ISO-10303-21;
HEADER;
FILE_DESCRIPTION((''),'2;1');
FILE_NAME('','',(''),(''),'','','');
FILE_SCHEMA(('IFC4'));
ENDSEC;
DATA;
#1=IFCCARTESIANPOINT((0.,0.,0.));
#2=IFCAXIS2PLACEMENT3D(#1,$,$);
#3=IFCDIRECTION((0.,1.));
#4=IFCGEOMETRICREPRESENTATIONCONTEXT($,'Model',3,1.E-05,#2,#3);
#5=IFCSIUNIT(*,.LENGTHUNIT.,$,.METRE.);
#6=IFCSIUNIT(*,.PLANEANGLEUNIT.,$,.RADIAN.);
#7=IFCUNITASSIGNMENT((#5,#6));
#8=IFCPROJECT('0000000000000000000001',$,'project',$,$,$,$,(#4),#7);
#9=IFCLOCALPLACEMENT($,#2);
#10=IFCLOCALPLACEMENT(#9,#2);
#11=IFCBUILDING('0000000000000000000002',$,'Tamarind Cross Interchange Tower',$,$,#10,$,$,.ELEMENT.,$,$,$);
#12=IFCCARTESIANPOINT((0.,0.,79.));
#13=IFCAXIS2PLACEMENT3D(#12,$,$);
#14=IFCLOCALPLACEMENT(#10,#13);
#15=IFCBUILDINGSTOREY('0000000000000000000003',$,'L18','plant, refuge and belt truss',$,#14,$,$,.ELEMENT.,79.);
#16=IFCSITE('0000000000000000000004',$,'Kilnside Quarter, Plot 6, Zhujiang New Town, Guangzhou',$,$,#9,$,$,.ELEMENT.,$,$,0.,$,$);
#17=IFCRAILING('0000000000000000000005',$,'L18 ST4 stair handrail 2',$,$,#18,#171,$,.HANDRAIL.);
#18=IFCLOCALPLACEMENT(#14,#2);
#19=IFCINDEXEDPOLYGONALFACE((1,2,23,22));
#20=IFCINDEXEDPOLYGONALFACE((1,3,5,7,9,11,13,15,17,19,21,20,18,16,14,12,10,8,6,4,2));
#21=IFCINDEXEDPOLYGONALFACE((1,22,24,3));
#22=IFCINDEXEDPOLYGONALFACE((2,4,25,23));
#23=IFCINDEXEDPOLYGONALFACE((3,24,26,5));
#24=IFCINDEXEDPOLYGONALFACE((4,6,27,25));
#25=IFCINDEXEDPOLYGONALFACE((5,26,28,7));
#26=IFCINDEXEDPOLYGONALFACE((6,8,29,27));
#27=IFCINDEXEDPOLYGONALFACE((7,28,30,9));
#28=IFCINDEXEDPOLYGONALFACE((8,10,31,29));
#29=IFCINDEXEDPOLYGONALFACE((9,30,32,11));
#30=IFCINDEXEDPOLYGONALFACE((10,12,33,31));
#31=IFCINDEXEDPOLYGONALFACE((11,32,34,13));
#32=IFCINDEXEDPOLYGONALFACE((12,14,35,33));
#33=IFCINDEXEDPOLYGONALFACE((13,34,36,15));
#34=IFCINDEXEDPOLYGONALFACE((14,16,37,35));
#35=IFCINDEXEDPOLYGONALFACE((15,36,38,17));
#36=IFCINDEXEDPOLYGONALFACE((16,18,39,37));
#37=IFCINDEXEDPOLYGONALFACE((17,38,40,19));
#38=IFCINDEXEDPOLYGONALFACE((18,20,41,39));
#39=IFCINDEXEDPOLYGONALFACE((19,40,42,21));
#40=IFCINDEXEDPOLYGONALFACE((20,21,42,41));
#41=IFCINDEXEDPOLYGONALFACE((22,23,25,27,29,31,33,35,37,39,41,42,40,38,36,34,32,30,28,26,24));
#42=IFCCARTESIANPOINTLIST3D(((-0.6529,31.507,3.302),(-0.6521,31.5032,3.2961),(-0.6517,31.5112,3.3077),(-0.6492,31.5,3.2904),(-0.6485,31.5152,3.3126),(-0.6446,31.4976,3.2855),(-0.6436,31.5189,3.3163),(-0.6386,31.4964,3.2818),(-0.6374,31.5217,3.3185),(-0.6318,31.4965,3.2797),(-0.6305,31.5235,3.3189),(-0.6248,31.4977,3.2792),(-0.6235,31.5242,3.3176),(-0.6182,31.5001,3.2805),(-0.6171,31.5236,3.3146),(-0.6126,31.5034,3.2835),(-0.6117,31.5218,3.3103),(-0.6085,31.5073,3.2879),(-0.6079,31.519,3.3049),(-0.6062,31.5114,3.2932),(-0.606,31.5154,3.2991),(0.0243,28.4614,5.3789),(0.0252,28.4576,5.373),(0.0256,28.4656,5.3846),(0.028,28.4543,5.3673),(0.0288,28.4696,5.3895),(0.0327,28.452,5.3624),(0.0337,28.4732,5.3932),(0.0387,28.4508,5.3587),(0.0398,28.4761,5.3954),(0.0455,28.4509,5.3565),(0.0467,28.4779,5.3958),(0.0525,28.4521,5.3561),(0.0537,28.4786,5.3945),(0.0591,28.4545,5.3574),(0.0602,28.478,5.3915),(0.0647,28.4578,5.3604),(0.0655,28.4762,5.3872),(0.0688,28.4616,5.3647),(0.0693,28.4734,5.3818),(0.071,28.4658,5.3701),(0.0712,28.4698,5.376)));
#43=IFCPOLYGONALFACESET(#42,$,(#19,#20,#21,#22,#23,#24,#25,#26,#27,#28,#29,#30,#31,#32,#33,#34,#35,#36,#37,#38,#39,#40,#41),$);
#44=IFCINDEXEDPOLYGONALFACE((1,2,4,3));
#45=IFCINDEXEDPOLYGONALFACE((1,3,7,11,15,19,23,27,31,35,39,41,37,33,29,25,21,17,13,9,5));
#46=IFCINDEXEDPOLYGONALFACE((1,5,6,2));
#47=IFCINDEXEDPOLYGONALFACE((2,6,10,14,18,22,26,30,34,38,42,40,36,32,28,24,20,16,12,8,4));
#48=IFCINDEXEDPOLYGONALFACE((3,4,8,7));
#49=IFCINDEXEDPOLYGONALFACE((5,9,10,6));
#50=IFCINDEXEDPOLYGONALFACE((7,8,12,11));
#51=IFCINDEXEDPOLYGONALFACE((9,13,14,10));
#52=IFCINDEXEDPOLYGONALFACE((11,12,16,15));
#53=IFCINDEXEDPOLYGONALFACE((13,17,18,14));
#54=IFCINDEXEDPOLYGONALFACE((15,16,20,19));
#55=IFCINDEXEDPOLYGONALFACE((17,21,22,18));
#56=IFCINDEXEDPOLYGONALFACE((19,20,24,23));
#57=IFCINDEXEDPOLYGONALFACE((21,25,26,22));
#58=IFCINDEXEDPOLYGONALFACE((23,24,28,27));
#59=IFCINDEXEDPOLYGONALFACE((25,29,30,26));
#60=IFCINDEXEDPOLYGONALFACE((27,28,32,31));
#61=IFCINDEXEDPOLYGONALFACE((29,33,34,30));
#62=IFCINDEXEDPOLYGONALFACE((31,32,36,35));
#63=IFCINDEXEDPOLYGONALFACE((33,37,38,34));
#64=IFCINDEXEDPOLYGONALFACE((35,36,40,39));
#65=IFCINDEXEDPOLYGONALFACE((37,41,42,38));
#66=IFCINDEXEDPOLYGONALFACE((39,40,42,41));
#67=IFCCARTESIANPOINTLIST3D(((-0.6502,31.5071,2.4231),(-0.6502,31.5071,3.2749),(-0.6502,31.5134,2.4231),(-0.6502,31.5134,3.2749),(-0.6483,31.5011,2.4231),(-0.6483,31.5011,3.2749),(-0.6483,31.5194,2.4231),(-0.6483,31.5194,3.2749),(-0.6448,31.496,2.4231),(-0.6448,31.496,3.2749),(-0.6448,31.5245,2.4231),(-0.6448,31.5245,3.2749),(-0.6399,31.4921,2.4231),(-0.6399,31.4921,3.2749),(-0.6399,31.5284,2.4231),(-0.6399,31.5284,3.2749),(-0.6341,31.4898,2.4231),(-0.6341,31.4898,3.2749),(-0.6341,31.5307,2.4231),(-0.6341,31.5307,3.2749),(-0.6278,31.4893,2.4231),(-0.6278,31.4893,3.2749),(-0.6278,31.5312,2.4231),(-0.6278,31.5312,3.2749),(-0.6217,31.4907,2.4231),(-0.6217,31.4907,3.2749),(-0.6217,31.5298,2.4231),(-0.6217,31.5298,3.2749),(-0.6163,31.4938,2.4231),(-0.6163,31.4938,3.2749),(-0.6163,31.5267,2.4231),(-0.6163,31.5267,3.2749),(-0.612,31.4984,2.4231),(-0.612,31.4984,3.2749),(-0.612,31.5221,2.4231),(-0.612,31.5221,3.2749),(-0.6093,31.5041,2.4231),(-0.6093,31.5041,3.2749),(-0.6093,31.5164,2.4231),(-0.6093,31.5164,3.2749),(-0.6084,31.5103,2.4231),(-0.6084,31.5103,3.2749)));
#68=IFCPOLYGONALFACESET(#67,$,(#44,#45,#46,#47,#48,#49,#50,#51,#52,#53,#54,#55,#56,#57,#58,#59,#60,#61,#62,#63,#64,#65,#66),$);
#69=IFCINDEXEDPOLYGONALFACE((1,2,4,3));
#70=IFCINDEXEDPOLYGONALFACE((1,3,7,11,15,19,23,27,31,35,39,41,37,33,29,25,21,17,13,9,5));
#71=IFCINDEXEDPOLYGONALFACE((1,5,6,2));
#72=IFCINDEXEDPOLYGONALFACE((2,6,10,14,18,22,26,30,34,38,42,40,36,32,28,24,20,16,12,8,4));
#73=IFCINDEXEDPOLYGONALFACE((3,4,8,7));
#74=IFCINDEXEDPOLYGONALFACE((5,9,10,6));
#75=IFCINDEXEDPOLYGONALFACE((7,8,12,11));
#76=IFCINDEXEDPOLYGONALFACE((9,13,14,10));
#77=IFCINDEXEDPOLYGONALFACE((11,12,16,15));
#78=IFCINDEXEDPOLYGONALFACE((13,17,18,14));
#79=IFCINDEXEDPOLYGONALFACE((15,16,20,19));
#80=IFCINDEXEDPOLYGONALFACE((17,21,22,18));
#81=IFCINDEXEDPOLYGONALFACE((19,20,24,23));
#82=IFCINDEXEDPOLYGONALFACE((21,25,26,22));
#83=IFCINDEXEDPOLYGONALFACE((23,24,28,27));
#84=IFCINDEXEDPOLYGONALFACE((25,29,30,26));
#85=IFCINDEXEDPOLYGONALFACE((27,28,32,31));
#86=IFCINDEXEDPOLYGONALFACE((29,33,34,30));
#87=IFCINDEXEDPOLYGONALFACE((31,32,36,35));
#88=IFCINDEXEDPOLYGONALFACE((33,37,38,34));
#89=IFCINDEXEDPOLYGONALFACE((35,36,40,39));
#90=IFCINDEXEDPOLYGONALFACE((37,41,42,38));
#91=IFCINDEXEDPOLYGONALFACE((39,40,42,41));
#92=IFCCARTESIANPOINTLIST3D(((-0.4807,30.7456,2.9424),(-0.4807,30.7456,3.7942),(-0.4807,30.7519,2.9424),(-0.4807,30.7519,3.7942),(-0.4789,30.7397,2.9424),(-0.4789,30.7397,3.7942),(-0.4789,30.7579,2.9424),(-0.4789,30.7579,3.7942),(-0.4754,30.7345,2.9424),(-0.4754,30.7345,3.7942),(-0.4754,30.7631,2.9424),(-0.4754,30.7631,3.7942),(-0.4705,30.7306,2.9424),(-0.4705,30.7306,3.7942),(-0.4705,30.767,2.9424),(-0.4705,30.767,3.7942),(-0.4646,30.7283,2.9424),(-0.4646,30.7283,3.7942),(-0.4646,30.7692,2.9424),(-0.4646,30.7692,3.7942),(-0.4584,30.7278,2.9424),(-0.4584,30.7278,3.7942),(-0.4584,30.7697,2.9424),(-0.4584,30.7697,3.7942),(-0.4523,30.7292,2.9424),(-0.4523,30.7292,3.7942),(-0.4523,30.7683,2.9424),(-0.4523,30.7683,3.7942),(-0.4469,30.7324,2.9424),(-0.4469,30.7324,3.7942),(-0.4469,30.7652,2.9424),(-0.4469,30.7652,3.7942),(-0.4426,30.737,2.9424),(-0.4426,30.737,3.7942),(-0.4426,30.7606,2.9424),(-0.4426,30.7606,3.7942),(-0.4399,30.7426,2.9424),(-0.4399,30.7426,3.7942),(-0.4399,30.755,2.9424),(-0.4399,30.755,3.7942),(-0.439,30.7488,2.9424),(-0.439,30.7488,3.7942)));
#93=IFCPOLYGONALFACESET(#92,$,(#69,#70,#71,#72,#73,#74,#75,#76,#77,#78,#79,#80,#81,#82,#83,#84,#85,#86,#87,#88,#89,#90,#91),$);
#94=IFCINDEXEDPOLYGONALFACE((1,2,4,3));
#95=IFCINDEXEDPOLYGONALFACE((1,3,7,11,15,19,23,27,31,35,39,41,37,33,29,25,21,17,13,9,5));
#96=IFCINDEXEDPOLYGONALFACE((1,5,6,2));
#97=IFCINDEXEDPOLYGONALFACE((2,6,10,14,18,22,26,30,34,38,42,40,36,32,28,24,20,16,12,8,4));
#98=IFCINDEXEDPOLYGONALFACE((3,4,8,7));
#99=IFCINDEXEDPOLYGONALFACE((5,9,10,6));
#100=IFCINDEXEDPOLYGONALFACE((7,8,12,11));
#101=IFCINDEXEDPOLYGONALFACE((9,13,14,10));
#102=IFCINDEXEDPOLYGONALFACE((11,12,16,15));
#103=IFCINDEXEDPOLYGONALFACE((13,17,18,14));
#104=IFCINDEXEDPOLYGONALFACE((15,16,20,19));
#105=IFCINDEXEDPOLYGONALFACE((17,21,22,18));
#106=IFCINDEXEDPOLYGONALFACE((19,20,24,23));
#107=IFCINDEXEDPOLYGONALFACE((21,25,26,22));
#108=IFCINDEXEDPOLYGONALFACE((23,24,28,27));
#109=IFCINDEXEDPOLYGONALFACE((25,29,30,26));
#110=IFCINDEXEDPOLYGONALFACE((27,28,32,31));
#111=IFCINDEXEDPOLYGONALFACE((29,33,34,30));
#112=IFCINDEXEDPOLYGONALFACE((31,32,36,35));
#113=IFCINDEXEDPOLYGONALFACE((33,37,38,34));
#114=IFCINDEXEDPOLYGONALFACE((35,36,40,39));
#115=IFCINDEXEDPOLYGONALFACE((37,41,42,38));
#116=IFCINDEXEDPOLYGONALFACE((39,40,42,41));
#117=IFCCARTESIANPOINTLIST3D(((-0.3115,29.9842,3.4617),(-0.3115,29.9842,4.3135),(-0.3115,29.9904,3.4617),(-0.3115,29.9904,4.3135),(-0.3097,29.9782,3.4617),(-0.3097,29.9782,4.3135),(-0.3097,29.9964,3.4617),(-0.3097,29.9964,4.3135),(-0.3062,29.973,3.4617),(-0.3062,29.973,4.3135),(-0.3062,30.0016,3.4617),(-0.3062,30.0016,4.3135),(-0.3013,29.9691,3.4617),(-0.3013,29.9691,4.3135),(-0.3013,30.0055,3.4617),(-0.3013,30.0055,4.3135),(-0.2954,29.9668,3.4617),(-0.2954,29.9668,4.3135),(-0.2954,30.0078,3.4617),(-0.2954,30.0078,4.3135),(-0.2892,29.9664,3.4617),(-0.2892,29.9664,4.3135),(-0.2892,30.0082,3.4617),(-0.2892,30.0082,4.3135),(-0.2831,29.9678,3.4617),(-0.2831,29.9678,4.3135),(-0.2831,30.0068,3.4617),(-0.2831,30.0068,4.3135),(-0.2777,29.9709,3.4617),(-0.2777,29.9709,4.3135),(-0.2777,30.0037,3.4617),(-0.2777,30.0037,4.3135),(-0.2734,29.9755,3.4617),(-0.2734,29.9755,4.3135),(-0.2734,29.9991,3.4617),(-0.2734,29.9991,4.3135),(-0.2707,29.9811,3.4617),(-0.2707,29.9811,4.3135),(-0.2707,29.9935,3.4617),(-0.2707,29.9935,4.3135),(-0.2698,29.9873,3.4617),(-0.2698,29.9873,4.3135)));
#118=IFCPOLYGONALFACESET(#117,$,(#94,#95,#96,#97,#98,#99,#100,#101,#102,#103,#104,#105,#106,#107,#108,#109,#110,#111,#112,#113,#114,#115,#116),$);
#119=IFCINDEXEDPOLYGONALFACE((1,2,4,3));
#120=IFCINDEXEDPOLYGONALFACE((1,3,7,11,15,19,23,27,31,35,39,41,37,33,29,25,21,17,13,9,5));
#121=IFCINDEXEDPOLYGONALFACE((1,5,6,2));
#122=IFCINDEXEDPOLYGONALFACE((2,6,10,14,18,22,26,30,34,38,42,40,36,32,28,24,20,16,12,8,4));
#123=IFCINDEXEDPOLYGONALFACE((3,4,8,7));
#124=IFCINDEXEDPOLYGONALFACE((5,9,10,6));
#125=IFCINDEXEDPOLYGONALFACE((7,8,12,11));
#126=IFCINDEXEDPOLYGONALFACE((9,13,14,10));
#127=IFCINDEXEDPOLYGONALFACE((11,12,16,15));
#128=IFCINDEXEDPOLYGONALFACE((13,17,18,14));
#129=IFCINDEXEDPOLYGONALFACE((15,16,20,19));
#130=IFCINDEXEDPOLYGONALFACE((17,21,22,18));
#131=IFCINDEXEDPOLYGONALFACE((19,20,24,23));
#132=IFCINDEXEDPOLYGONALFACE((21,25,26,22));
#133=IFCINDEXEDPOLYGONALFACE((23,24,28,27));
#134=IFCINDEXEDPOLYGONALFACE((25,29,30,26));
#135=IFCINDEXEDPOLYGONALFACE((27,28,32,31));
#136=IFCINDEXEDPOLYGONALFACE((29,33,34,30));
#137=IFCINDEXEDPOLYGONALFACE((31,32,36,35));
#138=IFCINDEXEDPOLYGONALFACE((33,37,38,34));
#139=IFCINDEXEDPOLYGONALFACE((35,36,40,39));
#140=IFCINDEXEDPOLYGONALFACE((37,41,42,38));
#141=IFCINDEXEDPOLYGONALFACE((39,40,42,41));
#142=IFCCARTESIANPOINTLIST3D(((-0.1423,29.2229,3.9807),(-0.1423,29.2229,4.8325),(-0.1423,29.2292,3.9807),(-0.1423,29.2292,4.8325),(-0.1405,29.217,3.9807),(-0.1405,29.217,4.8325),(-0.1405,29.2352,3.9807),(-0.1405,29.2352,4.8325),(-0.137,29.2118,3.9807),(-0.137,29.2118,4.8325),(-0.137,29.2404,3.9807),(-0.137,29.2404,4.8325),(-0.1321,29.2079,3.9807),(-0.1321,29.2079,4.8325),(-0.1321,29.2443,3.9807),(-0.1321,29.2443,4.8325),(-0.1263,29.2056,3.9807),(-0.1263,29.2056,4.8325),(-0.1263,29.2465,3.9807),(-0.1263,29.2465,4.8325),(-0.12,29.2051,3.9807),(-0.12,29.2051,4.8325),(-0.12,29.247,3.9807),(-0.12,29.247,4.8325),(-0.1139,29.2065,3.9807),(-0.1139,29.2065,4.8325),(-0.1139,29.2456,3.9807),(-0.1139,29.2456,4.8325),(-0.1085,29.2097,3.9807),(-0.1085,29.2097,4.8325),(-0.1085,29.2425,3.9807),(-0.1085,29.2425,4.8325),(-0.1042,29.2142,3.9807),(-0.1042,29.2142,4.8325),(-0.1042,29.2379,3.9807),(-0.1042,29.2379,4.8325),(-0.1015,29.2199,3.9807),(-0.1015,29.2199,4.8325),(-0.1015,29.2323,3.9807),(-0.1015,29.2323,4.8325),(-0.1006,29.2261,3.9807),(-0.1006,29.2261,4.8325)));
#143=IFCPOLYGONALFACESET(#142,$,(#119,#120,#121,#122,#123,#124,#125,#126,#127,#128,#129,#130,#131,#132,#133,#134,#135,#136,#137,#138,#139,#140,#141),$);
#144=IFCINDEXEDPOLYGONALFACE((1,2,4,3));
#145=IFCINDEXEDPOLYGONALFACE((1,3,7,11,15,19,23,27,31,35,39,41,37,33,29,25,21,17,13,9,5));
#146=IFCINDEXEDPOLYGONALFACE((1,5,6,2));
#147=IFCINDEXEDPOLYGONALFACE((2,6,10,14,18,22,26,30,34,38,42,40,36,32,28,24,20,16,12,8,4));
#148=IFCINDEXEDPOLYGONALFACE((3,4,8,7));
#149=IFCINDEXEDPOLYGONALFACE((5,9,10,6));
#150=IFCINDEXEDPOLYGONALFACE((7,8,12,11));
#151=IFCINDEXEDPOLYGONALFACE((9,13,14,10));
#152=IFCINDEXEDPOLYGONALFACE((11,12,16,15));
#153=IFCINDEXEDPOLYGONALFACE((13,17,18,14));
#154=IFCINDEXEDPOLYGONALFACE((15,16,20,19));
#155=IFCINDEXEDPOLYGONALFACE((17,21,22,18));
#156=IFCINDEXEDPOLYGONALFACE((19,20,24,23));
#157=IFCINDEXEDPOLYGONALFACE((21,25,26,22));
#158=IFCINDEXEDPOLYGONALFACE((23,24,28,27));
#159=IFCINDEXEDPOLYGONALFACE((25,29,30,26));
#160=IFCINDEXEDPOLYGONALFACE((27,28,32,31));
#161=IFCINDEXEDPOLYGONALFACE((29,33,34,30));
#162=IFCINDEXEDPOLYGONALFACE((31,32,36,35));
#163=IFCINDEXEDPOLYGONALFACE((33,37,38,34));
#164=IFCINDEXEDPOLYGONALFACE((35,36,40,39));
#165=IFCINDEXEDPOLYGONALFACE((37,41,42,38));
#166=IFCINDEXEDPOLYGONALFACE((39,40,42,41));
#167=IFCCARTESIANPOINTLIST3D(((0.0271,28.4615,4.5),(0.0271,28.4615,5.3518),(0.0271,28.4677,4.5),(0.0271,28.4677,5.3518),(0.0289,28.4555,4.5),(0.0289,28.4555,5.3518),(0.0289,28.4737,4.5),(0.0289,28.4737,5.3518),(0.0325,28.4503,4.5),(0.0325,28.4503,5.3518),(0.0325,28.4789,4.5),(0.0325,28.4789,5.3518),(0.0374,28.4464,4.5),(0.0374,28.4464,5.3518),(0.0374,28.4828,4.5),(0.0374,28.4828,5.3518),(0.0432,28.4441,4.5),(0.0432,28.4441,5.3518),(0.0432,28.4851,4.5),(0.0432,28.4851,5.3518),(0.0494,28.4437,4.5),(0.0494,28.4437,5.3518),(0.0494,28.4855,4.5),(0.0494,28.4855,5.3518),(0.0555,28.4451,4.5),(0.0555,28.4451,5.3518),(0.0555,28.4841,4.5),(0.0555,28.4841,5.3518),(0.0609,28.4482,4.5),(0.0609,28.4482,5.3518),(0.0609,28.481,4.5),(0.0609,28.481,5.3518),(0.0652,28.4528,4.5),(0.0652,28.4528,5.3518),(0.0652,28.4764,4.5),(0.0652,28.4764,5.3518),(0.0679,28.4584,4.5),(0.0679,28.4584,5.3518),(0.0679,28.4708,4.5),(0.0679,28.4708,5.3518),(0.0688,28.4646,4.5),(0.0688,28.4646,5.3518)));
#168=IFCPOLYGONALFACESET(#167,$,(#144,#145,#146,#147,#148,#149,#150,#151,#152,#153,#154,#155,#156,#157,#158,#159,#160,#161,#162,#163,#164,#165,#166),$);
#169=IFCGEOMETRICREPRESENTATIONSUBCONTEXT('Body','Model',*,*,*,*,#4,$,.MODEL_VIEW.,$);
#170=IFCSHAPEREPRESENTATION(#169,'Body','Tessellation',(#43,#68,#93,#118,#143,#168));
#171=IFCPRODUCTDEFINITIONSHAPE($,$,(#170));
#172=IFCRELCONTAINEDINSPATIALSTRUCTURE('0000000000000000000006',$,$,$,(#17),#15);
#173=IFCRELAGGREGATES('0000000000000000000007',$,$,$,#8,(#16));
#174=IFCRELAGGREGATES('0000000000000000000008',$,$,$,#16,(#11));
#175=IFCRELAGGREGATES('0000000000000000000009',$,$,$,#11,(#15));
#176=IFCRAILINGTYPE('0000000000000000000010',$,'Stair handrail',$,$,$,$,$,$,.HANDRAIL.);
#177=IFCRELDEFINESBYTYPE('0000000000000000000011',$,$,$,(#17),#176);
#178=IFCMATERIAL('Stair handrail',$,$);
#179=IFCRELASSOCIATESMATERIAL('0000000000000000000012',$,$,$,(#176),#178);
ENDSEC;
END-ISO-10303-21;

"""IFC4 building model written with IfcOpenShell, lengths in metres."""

from ifc_helpers import new_model, si_unit, direction, frame, origin, origin_2d, place, context, subcontext, project, spatial, circle, extrude, material, type_object, element, save


model = new_model("IFC4")

# Units and contexts
model_context = context("Model", 3, precision=1e-05, world=origin(), true_north=direction((0.0, 1.0)))
body_context = subcontext(model_context, "Body", "Model", "MODEL_VIEW")
ifc_project = project(units=[si_unit("LENGTHUNIT", "METRE"), si_unit("PLANEANGLEUNIT", "RADIAN")], contexts=[model_context])

# Site, building, storey
site_placement = place(None, origin())
site = spatial("IfcSite", under=ifc_project, at=site_placement, Name="Kilnside Quarter, Plot 6, Zhujiang New Town, Guangzhou", CompositionType="ELEMENT", RefElevation=0.0)
building_placement = place(site_placement, origin())
building = spatial("IfcBuilding", under=site, at=building_placement, Name="Tamarind Cross Interchange Tower", CompositionType="ELEMENT")
storey_placement = place(building_placement, frame((0.0, 0.0, 79.0)))
storey = spatial("IfcBuildingStorey", under=building, at=storey_placement, Name="L18", Description="plant, refuge and belt truss", CompositionType="ELEMENT", Elevation=79.0)

# Railing
ifc_material_1 = material(Name="Stair handrail")
railing_type = type_object("IfcRailingType", Name="Stair handrail", PredefinedType="HANDRAIL", material=ifc_material_1)
railing_placement = place(storey_placement, frame((-0.6294, 31.5103, 2.4231)))
element("IfcRailing", 1, at=railing_placement, inside=storey, type_object=railing_type, Name="L18 ST4 stair handrail 2", PredefinedType="HANDRAIL", context=body_context, shape_type="SweptSolid", body=[
    extrude(circle(Radius=0.0239, at=origin_2d()), frame((0.0, 0.0, 0.876), z_axis=(0.180691, -0.812588, 0.554123), x_axis=(0.976158, 0.217063, 0.0)), (0.0, 0.0, 1.0), 3.748),
    extrude(circle(Radius=0.021, at=origin_2d()), origin(), (0.0, 0.0, 1.0), 0.8518),
    extrude(circle(Radius=0.021, at=origin_2d()), frame((0.1694, -0.7615, 0.5193)), (0.0, 0.0, 1.0), 0.8518),
    extrude(circle(Radius=0.021, at=origin_2d()), frame((0.3386, -1.5229, 1.0386)), (0.0, 0.0, 1.0), 0.8518),
    extrude(circle(Radius=0.021, at=origin_2d()), frame((0.5078, -2.2842, 1.5576)), (0.0, 0.0, 1.0), 0.8518),
    extrude(circle(Radius=0.021, at=origin_2d()), frame((0.6772, -3.0457, 2.0769)), (0.0, 0.0, 1.0), 0.8518),
])

save(model, "model.ifc")
